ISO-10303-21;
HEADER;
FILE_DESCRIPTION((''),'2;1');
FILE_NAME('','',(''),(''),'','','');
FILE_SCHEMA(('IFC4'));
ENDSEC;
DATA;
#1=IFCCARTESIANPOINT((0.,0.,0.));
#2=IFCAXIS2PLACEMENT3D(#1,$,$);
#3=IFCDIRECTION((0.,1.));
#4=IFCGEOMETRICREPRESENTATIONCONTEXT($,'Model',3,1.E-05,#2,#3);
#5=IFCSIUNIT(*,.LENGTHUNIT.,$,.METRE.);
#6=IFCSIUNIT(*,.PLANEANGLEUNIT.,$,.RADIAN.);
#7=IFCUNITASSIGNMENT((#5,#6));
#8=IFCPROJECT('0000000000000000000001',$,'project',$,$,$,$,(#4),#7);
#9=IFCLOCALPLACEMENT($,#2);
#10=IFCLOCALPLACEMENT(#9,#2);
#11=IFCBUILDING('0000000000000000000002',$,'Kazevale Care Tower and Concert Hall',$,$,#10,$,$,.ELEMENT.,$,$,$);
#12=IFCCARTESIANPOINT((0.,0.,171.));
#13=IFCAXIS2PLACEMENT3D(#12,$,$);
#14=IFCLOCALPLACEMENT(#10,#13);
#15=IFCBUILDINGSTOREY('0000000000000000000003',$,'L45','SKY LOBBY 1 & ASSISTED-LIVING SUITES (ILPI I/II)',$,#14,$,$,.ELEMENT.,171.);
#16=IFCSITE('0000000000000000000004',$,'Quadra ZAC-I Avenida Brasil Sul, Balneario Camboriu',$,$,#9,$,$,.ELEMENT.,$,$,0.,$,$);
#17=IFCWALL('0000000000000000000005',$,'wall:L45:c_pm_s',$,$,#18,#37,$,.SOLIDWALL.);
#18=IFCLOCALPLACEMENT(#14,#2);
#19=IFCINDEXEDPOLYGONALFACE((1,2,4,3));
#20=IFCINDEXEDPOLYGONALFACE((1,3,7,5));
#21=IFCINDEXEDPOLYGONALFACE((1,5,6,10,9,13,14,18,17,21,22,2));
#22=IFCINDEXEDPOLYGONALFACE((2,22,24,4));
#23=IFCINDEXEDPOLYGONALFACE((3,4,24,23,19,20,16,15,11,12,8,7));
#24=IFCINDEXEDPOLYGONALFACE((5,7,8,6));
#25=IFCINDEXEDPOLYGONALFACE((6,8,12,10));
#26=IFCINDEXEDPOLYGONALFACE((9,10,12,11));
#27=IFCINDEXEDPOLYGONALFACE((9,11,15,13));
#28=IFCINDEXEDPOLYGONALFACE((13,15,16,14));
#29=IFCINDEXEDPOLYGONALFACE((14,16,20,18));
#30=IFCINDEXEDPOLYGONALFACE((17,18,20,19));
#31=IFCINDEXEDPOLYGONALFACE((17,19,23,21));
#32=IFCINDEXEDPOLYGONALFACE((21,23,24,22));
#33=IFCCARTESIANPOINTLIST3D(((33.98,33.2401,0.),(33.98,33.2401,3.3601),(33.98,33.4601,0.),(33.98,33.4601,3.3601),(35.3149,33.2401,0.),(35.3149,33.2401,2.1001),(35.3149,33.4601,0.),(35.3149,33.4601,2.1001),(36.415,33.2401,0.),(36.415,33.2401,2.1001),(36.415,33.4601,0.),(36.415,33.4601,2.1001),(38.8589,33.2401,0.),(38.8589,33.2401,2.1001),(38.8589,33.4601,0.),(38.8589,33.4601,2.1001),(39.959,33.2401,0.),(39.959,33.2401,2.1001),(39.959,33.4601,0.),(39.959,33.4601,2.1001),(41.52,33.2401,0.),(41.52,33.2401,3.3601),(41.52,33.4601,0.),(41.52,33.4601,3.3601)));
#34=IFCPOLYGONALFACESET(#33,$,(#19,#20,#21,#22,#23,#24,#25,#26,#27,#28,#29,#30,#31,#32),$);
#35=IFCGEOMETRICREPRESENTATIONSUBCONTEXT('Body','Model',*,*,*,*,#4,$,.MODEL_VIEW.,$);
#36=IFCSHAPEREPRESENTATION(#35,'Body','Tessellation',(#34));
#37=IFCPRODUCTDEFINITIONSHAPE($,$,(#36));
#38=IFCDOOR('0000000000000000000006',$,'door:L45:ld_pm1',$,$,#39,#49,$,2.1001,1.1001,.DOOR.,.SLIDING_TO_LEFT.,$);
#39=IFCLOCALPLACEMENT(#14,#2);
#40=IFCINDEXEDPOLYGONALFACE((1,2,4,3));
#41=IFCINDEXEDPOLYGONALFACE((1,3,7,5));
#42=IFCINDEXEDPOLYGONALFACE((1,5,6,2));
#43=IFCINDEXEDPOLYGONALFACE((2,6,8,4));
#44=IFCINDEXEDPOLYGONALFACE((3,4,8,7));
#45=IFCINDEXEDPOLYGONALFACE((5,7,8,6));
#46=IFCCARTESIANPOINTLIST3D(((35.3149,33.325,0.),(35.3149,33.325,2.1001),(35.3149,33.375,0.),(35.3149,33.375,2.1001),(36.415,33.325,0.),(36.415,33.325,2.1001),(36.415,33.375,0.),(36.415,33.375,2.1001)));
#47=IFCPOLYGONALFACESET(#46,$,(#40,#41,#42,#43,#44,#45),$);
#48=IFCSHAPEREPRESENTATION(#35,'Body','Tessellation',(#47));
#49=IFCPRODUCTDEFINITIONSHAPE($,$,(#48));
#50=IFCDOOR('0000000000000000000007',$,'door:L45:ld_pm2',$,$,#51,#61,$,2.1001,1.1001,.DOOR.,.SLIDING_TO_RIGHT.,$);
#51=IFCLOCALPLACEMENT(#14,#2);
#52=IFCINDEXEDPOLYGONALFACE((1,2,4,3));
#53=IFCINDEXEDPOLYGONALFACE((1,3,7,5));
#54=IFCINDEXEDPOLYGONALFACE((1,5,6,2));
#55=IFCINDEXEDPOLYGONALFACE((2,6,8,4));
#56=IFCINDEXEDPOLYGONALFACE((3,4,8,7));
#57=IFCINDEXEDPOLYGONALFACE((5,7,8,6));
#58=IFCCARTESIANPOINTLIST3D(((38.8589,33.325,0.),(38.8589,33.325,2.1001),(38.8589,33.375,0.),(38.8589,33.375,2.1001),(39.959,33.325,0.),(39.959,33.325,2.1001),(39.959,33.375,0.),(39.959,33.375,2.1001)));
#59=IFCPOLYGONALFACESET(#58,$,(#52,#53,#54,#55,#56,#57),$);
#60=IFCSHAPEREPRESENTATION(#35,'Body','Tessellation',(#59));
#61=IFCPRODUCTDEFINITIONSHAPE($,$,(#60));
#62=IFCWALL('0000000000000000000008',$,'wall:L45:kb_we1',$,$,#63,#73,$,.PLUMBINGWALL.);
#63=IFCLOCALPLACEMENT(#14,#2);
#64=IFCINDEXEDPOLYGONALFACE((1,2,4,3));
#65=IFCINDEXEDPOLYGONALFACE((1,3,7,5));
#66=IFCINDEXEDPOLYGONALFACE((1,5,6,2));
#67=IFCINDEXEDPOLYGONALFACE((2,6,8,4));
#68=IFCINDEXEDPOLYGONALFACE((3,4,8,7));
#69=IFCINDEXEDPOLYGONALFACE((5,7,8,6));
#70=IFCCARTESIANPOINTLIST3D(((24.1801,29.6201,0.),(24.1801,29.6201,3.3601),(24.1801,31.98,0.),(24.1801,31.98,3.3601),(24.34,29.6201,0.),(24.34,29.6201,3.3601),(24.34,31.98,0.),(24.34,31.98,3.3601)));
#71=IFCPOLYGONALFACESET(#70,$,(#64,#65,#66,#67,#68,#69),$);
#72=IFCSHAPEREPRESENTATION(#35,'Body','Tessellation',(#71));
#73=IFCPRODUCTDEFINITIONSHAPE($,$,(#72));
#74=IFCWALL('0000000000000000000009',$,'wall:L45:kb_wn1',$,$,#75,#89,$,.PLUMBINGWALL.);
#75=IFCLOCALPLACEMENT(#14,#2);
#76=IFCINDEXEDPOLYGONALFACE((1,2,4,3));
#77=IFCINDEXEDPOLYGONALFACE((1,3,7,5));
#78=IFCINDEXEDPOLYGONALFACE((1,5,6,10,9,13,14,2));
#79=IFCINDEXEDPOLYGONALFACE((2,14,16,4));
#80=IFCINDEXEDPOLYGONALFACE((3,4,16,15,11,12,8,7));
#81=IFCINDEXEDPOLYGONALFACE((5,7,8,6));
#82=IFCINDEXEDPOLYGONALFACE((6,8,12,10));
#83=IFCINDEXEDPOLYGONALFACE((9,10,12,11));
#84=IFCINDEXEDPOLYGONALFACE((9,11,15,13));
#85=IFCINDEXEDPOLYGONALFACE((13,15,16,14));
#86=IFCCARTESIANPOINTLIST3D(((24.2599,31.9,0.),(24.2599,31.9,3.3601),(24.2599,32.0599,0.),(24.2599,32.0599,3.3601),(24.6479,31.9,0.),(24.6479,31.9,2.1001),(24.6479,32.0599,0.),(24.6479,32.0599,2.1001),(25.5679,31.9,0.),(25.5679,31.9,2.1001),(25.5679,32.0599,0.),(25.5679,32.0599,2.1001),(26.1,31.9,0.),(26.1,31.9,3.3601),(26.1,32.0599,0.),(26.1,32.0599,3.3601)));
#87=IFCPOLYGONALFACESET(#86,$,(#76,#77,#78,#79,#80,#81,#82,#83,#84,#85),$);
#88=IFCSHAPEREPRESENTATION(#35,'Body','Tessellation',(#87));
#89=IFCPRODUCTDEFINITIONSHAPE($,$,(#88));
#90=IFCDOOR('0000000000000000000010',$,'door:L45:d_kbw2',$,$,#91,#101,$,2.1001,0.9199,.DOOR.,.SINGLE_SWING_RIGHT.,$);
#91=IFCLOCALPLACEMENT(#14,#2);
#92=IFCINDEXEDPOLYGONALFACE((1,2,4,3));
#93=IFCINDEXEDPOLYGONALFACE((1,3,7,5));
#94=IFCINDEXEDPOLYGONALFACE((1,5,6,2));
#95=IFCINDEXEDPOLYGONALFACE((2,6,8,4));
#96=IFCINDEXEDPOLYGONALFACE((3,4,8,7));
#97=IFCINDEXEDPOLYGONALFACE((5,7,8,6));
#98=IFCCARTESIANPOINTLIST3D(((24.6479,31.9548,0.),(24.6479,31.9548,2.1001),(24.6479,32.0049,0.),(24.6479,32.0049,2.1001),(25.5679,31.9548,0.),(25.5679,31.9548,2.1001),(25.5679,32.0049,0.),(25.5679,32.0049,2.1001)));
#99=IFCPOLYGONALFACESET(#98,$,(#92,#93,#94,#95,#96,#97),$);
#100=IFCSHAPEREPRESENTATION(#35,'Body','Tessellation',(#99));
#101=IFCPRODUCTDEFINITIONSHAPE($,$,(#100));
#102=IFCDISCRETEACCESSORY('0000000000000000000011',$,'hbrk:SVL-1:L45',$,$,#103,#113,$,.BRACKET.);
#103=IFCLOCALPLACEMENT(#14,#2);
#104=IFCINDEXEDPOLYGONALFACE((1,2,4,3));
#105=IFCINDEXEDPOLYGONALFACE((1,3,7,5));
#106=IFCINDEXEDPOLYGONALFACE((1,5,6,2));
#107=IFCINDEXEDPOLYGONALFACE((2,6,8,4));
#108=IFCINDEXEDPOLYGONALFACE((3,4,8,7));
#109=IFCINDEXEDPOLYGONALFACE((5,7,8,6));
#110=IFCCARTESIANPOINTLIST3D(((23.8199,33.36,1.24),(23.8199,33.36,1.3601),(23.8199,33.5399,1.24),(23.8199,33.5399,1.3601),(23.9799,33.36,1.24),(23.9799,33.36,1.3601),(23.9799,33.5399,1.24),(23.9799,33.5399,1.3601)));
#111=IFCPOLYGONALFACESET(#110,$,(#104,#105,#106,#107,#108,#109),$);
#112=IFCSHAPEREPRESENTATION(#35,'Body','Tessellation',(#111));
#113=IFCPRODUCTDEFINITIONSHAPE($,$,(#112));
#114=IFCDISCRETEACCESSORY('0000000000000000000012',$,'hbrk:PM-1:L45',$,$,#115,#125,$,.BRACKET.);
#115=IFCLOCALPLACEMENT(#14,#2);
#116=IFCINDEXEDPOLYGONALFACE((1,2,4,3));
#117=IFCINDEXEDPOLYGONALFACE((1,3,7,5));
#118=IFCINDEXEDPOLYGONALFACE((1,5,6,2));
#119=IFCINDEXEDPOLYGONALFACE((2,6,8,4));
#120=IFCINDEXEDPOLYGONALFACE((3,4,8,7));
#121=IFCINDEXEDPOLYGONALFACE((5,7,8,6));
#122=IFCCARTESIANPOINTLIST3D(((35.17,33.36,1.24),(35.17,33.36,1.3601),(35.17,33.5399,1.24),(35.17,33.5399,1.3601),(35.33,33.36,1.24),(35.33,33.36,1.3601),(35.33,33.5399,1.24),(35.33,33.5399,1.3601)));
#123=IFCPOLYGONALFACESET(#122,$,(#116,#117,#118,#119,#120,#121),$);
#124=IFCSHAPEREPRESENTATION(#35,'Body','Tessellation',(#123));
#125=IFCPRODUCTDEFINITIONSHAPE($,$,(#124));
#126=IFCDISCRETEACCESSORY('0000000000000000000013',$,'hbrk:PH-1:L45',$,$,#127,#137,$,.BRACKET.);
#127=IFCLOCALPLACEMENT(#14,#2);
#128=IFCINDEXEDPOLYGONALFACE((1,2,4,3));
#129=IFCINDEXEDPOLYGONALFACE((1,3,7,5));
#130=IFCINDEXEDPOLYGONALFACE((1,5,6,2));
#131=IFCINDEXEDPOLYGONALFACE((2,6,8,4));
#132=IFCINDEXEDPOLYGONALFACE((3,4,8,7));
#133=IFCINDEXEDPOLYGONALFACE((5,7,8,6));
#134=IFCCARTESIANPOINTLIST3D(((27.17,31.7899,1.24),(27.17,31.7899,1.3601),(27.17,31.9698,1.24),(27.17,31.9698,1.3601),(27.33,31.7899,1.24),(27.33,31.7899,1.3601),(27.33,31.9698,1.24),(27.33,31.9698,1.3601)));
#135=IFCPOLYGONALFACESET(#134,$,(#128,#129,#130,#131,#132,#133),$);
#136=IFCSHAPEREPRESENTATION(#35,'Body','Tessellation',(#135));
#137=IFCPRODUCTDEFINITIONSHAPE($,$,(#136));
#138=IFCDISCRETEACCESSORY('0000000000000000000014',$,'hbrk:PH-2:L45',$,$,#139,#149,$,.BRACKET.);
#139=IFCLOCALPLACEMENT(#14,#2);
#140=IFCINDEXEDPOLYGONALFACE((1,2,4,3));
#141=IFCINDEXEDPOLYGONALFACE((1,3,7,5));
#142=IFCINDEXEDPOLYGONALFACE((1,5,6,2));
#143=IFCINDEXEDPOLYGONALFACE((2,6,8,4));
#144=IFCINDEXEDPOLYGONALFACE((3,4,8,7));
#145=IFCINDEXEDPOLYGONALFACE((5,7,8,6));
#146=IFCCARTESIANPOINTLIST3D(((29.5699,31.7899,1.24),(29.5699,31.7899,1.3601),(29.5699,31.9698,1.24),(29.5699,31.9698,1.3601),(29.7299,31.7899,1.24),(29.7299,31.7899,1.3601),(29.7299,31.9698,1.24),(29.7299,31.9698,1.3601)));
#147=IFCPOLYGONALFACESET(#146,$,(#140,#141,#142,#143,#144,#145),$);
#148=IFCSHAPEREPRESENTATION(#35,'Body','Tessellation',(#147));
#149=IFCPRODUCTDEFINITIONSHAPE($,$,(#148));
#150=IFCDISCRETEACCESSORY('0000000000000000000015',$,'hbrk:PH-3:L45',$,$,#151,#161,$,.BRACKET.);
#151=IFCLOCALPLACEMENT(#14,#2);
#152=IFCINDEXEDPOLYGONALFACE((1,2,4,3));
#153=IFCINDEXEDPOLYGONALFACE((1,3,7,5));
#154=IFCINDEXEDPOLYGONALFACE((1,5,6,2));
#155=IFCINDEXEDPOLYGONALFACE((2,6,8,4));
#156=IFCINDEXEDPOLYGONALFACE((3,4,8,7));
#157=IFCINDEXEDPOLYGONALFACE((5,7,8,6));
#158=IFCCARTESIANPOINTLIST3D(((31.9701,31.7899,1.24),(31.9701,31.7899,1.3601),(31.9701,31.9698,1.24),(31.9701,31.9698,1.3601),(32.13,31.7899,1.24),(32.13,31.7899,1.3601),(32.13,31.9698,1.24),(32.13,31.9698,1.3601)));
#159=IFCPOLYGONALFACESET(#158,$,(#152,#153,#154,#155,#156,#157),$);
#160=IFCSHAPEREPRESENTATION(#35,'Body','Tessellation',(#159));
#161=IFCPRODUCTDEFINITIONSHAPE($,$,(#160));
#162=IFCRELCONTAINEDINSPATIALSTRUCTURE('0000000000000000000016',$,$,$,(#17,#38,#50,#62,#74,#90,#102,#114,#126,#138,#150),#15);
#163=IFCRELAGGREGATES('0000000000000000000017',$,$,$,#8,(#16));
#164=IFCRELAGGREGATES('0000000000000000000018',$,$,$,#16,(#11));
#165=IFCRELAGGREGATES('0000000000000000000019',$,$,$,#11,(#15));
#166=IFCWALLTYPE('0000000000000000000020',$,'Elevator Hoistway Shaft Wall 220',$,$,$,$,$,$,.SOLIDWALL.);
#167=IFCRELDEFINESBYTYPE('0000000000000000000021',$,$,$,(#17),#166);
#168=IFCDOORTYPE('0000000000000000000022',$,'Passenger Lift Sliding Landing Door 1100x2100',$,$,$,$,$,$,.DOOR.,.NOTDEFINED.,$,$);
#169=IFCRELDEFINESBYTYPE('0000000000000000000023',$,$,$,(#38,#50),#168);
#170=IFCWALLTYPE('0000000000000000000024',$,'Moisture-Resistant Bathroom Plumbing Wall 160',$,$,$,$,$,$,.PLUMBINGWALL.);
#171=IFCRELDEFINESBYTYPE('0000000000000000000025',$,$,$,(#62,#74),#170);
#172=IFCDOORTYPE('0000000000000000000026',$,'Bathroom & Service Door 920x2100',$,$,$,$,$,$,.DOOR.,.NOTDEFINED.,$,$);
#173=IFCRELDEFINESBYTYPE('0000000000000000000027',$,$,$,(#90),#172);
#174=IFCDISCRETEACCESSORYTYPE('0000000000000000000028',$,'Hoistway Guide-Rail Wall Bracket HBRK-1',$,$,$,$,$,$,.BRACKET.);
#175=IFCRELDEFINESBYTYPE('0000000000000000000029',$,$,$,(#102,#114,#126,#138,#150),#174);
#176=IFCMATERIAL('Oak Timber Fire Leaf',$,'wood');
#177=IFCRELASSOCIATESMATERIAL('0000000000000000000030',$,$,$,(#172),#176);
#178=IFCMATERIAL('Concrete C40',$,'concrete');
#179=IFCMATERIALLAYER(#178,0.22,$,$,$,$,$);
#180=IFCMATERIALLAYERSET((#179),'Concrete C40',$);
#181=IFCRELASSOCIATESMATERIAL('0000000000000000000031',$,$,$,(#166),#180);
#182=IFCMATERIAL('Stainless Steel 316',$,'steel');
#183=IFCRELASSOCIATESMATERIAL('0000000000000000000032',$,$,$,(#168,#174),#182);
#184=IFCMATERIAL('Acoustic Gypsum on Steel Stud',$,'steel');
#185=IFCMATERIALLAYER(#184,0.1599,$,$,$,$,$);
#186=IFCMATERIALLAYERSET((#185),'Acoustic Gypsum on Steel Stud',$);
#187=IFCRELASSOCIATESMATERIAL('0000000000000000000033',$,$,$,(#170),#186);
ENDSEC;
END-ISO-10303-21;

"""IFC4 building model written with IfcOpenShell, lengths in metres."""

from ifc_helpers import new_model, si_unit, direction, frame, frame_2d, origin, origin_2d, place, context, subcontext, project, spatial, rectangle, extrude, material, layer, layer_set, type_object, element, fill, save


model = new_model("IFC4")

# Units and contexts
model_context = context("Model", 3, precision=1e-05, world=origin(), true_north=direction((0.0, 1.0)))
body_context = subcontext(model_context, "Body", "Model", "MODEL_VIEW")
ifc_project = project(units=[si_unit("LENGTHUNIT", "METRE"), si_unit("PLANEANGLEUNIT", "RADIAN")], contexts=[model_context])

# Site, building, storey
site_placement = place(None, origin())
site = spatial("IfcSite", under=ifc_project, at=site_placement, Name="Quadra ZAC-I Avenida Brasil Sul, Balneario Camboriu", CompositionType="ELEMENT", RefElevation=0.0)
building_placement = place(site_placement, origin())
building = spatial("IfcBuilding", under=site, at=building_placement, Name="Kazevale Care Tower and Concert Hall", CompositionType="ELEMENT")
storey_placement = place(building_placement, frame((0.0, 0.0, 171.0)))
storey = spatial("IfcBuildingStorey", under=building, at=storey_placement, Name="L45", Description="SKY LOBBY 1 & ASSISTED-LIVING SUITES (ILPI I/II)", CompositionType="ELEMENT", Elevation=171.0)

# Shared definitions
ifc_material_1 = material(Name="Acoustic Gypsum on Steel Stud", Category="steel")
ifc_material_2 = material(Name="Oak Timber Fire Leaf", Category="wood")
door_type_1 = type_object("IfcDoorType", Name="Bathroom & Service Door 920x2100", OperationType="NOTDEFINED", PredefinedType="DOOR", material=ifc_material_2)

# Shared definitions
ifc_material_3 = material(Name="Concrete C40", Category="concrete")
ifc_layer_1 = layer(ifc_material_3, 0.22)
ifc_layer_set_1 = layer_set([ifc_layer_1], Name="Concrete C40")
wall_type_1 = type_object("IfcWallType", Name="Elevator Hoistway Shaft Wall 220", PredefinedType="SOLIDWALL", material=ifc_layer_set_1)

# Wall, openings, doors
wall_1_placement = place(storey_placement, frame((33.98, 33.3501, 0.0), z_axis=(0.0, 0.0, 1.0), x_axis=(1.0, 0.0, 0.0)))
wall_1 = element("IfcWall", 1, at=wall_1_placement, inside=storey, type_object=wall_type_1, Name="wall:L45:c_pm_s", PredefinedType="SOLIDWALL", context=body_context, shape_type="SweptSolid", body=[
    extrude(rectangle(XDim=7.54, YDim=0.22, at=frame_2d((3.77, 0.0))), origin(), (0.0, 0.0, 1.0), 3.3601),
])
opening_1_placement = place(wall_1_placement, frame((1.335, 0.0, 0.0)))
opening_1 = element("IfcOpeningElement", 2, at=opening_1_placement, cuts=wall_1, PredefinedType="OPENING", context=body_context, shape_type="SweptSolid", body=[
    extrude(rectangle(XDim=1.1001, YDim=2.1001, at=frame_2d((0.55, 1.05))), frame((0.0, 0.1199, 0.0), z_axis=(0.0, -1.0, 0.0), x_axis=(1.0, 0.0, 0.0)), (0.0, 0.0, 1.0), 0.24),
])
opening_2_placement = place(wall_1_placement, frame((4.8789, 0.0, 0.0)))
opening_2 = element("IfcOpeningElement", 3, at=opening_2_placement, cuts=wall_1, PredefinedType="OPENING", context=body_context, shape_type="SweptSolid", body=[
    extrude(rectangle(XDim=1.1001, YDim=2.1001, at=frame_2d((0.55, 1.05))), frame((0.0, 0.1199, 0.0), z_axis=(0.0, -1.0, 0.0), x_axis=(1.0, 0.0, 0.0)), (0.0, 0.0, 1.0), 0.24),
])
ifc_material_4 = material(Name="Stainless Steel 316", Category="steel")
door_type_2 = type_object("IfcDoorType", Name="Passenger Lift Sliding Landing Door 1100x2100", OperationType="NOTDEFINED", PredefinedType="DOOR", material=ifc_material_4)
door_1_placement = place(opening_1_placement, origin())
door_1 = element("IfcDoor", 4, at=door_1_placement, inside=storey, type_object=door_type_2, Name="door:L45:ld_pm1", OperationType="SLIDING_TO_LEFT", OverallHeight=2.1001, OverallWidth=1.1001, PredefinedType="DOOR", context=body_context, shape_type="SweptSolid", body=[
    extrude(rectangle(XDim=1.1001, YDim=2.1001, at=frame_2d((0.55, 1.05))), frame((0.0, 0.0249, 0.0), z_axis=(0.0, -1.0, 0.0), x_axis=(1.0, 0.0, 0.0)), (0.0, 0.0, 1.0), 0.05),
])
fill(opening_1, door_1)
door_2_placement = place(opening_2_placement, origin())
door_2 = element("IfcDoor", 5, at=door_2_placement, inside=storey, type_object=door_type_2, Name="door:L45:ld_pm2", OperationType="SLIDING_TO_RIGHT", OverallHeight=2.1001, OverallWidth=1.1001, PredefinedType="DOOR", context=body_context, shape_type="SweptSolid", body=[
    extrude(rectangle(XDim=1.1001, YDim=2.1001, at=frame_2d((0.55, 1.05))), frame((0.0, 0.0249, 0.0), z_axis=(0.0, -1.0, 0.0), x_axis=(1.0, 0.0, 0.0)), (0.0, 0.0, 1.0), 0.05),
])
fill(opening_2, door_2)

# Wall
ifc_layer_2 = layer(ifc_material_1, 0.1599)
ifc_layer_set_2 = layer_set([ifc_layer_2], Name="Acoustic Gypsum on Steel Stud")
wall_type_2 = type_object("IfcWallType", Name="Moisture-Resistant Bathroom Plumbing Wall 160", PredefinedType="PLUMBINGWALL", material=ifc_layer_set_2)
wall_2_placement = place(storey_placement, frame((24.26, 29.6201, 0.0), z_axis=(0.0, 0.0, 1.0), x_axis=(0.0, 1.0, 0.0)))
element("IfcWall", 6, at=wall_2_placement, inside=storey, type_object=wall_type_2, Name="wall:L45:kb_we1", PredefinedType="PLUMBINGWALL", context=body_context, shape_type="SweptSolid", body=[
    extrude(rectangle(XDim=2.3599, YDim=0.1599, at=frame_2d((1.1799, 0.0))), origin(), (0.0, 0.0, 1.0), 3.3601),
])

# Wall, opening, door
wall_3_placement = place(storey_placement, frame((24.26, 31.98, 0.0), z_axis=(0.0, 0.0, 1.0), x_axis=(1.0, 0.0, 0.0)))
wall_3 = element("IfcWall", 7, at=wall_3_placement, inside=storey, type_object=wall_type_2, Name="wall:L45:kb_wn1", PredefinedType="PLUMBINGWALL", context=body_context, shape_type="SweptSolid", body=[
    extrude(rectangle(XDim=1.8401, YDim=0.1599, at=frame_2d((0.9199, 0.0))), origin(), (0.0, 0.0, 1.0), 3.3601),
])
opening_3_placement = place(wall_3_placement, frame((0.3879, 0.0, 0.0)))
opening_3 = element("IfcOpeningElement", 8, at=opening_3_placement, cuts=wall_3, PredefinedType="OPENING", context=body_context, shape_type="SweptSolid", body=[
    extrude(rectangle(XDim=0.9199, YDim=2.1001, at=frame_2d((0.46, 1.05))), frame((0.0, 0.0898, 0.0), z_axis=(0.0, -1.0, 0.0), x_axis=(1.0, 0.0, 0.0)), (0.0, 0.0, 1.0), 0.1799),
])
door_3_placement = place(opening_3_placement, origin())
door_3 = element("IfcDoor", 9, at=door_3_placement, inside=storey, type_object=door_type_1, Name="door:L45:d_kbw2", OperationType="SINGLE_SWING_RIGHT", OverallHeight=2.1001, OverallWidth=0.9199, PredefinedType="DOOR", context=body_context, shape_type="SweptSolid", body=[
    extrude(rectangle(XDim=0.9199, YDim=2.1001, at=frame_2d((0.46, 1.05))), frame((0.0, 0.0249, 0.0), z_axis=(0.0, -1.0, 0.0), x_axis=(1.0, 0.0, 0.0)), (0.0, 0.0, 1.0), 0.05),
])
fill(opening_3, door_3)

# Discrete accessories
discrete_accessory_type = type_object("IfcDiscreteAccessoryType", Name="Hoistway Guide-Rail Wall Bracket HBRK-1", PredefinedType="BRACKET", material=ifc_material_4)
for number, where, z_axis, x_axis, name in (
    (10, (23.8999, 33.45, 1.24), (0.0, 0.0, 1.0), (1.0, 0.0, 0.0), "hbrk:SVL-1:L45"),
    (11, (35.25, 33.45, 1.24), (0.0, 0.0, 1.0), (1.0, 0.0, 0.0), "hbrk:PM-1:L45"),
    (12, (27.25, 31.8799, 1.24), (0.0, 0.0, 1.0), (1.0, 0.0, 0.0), "hbrk:PH-1:L45"),
    (13, (29.6499, 31.8799, 1.24), (0.0, 0.0, 1.0), (1.0, 0.0, 0.0), "hbrk:PH-2:L45"),
    (14, (32.05, 31.8799, 1.24), (0.0, 0.0, 1.0), (1.0, 0.0, 0.0), "hbrk:PH-3:L45"),
):
    element("IfcDiscreteAccessory", number, at=place(storey_placement, frame(where, z_axis=z_axis, x_axis=x_axis)), inside=storey, type_object=discrete_accessory_type, Name=name, PredefinedType="BRACKET", context=body_context, shape_type="SweptSolid", body=[
        extrude(rectangle(XDim=0.1599, YDim=0.1799, at=origin_2d()), origin(), (0.0, 0.0, 1.0), 0.1201),
    ])

save(model, "model.ifc")
